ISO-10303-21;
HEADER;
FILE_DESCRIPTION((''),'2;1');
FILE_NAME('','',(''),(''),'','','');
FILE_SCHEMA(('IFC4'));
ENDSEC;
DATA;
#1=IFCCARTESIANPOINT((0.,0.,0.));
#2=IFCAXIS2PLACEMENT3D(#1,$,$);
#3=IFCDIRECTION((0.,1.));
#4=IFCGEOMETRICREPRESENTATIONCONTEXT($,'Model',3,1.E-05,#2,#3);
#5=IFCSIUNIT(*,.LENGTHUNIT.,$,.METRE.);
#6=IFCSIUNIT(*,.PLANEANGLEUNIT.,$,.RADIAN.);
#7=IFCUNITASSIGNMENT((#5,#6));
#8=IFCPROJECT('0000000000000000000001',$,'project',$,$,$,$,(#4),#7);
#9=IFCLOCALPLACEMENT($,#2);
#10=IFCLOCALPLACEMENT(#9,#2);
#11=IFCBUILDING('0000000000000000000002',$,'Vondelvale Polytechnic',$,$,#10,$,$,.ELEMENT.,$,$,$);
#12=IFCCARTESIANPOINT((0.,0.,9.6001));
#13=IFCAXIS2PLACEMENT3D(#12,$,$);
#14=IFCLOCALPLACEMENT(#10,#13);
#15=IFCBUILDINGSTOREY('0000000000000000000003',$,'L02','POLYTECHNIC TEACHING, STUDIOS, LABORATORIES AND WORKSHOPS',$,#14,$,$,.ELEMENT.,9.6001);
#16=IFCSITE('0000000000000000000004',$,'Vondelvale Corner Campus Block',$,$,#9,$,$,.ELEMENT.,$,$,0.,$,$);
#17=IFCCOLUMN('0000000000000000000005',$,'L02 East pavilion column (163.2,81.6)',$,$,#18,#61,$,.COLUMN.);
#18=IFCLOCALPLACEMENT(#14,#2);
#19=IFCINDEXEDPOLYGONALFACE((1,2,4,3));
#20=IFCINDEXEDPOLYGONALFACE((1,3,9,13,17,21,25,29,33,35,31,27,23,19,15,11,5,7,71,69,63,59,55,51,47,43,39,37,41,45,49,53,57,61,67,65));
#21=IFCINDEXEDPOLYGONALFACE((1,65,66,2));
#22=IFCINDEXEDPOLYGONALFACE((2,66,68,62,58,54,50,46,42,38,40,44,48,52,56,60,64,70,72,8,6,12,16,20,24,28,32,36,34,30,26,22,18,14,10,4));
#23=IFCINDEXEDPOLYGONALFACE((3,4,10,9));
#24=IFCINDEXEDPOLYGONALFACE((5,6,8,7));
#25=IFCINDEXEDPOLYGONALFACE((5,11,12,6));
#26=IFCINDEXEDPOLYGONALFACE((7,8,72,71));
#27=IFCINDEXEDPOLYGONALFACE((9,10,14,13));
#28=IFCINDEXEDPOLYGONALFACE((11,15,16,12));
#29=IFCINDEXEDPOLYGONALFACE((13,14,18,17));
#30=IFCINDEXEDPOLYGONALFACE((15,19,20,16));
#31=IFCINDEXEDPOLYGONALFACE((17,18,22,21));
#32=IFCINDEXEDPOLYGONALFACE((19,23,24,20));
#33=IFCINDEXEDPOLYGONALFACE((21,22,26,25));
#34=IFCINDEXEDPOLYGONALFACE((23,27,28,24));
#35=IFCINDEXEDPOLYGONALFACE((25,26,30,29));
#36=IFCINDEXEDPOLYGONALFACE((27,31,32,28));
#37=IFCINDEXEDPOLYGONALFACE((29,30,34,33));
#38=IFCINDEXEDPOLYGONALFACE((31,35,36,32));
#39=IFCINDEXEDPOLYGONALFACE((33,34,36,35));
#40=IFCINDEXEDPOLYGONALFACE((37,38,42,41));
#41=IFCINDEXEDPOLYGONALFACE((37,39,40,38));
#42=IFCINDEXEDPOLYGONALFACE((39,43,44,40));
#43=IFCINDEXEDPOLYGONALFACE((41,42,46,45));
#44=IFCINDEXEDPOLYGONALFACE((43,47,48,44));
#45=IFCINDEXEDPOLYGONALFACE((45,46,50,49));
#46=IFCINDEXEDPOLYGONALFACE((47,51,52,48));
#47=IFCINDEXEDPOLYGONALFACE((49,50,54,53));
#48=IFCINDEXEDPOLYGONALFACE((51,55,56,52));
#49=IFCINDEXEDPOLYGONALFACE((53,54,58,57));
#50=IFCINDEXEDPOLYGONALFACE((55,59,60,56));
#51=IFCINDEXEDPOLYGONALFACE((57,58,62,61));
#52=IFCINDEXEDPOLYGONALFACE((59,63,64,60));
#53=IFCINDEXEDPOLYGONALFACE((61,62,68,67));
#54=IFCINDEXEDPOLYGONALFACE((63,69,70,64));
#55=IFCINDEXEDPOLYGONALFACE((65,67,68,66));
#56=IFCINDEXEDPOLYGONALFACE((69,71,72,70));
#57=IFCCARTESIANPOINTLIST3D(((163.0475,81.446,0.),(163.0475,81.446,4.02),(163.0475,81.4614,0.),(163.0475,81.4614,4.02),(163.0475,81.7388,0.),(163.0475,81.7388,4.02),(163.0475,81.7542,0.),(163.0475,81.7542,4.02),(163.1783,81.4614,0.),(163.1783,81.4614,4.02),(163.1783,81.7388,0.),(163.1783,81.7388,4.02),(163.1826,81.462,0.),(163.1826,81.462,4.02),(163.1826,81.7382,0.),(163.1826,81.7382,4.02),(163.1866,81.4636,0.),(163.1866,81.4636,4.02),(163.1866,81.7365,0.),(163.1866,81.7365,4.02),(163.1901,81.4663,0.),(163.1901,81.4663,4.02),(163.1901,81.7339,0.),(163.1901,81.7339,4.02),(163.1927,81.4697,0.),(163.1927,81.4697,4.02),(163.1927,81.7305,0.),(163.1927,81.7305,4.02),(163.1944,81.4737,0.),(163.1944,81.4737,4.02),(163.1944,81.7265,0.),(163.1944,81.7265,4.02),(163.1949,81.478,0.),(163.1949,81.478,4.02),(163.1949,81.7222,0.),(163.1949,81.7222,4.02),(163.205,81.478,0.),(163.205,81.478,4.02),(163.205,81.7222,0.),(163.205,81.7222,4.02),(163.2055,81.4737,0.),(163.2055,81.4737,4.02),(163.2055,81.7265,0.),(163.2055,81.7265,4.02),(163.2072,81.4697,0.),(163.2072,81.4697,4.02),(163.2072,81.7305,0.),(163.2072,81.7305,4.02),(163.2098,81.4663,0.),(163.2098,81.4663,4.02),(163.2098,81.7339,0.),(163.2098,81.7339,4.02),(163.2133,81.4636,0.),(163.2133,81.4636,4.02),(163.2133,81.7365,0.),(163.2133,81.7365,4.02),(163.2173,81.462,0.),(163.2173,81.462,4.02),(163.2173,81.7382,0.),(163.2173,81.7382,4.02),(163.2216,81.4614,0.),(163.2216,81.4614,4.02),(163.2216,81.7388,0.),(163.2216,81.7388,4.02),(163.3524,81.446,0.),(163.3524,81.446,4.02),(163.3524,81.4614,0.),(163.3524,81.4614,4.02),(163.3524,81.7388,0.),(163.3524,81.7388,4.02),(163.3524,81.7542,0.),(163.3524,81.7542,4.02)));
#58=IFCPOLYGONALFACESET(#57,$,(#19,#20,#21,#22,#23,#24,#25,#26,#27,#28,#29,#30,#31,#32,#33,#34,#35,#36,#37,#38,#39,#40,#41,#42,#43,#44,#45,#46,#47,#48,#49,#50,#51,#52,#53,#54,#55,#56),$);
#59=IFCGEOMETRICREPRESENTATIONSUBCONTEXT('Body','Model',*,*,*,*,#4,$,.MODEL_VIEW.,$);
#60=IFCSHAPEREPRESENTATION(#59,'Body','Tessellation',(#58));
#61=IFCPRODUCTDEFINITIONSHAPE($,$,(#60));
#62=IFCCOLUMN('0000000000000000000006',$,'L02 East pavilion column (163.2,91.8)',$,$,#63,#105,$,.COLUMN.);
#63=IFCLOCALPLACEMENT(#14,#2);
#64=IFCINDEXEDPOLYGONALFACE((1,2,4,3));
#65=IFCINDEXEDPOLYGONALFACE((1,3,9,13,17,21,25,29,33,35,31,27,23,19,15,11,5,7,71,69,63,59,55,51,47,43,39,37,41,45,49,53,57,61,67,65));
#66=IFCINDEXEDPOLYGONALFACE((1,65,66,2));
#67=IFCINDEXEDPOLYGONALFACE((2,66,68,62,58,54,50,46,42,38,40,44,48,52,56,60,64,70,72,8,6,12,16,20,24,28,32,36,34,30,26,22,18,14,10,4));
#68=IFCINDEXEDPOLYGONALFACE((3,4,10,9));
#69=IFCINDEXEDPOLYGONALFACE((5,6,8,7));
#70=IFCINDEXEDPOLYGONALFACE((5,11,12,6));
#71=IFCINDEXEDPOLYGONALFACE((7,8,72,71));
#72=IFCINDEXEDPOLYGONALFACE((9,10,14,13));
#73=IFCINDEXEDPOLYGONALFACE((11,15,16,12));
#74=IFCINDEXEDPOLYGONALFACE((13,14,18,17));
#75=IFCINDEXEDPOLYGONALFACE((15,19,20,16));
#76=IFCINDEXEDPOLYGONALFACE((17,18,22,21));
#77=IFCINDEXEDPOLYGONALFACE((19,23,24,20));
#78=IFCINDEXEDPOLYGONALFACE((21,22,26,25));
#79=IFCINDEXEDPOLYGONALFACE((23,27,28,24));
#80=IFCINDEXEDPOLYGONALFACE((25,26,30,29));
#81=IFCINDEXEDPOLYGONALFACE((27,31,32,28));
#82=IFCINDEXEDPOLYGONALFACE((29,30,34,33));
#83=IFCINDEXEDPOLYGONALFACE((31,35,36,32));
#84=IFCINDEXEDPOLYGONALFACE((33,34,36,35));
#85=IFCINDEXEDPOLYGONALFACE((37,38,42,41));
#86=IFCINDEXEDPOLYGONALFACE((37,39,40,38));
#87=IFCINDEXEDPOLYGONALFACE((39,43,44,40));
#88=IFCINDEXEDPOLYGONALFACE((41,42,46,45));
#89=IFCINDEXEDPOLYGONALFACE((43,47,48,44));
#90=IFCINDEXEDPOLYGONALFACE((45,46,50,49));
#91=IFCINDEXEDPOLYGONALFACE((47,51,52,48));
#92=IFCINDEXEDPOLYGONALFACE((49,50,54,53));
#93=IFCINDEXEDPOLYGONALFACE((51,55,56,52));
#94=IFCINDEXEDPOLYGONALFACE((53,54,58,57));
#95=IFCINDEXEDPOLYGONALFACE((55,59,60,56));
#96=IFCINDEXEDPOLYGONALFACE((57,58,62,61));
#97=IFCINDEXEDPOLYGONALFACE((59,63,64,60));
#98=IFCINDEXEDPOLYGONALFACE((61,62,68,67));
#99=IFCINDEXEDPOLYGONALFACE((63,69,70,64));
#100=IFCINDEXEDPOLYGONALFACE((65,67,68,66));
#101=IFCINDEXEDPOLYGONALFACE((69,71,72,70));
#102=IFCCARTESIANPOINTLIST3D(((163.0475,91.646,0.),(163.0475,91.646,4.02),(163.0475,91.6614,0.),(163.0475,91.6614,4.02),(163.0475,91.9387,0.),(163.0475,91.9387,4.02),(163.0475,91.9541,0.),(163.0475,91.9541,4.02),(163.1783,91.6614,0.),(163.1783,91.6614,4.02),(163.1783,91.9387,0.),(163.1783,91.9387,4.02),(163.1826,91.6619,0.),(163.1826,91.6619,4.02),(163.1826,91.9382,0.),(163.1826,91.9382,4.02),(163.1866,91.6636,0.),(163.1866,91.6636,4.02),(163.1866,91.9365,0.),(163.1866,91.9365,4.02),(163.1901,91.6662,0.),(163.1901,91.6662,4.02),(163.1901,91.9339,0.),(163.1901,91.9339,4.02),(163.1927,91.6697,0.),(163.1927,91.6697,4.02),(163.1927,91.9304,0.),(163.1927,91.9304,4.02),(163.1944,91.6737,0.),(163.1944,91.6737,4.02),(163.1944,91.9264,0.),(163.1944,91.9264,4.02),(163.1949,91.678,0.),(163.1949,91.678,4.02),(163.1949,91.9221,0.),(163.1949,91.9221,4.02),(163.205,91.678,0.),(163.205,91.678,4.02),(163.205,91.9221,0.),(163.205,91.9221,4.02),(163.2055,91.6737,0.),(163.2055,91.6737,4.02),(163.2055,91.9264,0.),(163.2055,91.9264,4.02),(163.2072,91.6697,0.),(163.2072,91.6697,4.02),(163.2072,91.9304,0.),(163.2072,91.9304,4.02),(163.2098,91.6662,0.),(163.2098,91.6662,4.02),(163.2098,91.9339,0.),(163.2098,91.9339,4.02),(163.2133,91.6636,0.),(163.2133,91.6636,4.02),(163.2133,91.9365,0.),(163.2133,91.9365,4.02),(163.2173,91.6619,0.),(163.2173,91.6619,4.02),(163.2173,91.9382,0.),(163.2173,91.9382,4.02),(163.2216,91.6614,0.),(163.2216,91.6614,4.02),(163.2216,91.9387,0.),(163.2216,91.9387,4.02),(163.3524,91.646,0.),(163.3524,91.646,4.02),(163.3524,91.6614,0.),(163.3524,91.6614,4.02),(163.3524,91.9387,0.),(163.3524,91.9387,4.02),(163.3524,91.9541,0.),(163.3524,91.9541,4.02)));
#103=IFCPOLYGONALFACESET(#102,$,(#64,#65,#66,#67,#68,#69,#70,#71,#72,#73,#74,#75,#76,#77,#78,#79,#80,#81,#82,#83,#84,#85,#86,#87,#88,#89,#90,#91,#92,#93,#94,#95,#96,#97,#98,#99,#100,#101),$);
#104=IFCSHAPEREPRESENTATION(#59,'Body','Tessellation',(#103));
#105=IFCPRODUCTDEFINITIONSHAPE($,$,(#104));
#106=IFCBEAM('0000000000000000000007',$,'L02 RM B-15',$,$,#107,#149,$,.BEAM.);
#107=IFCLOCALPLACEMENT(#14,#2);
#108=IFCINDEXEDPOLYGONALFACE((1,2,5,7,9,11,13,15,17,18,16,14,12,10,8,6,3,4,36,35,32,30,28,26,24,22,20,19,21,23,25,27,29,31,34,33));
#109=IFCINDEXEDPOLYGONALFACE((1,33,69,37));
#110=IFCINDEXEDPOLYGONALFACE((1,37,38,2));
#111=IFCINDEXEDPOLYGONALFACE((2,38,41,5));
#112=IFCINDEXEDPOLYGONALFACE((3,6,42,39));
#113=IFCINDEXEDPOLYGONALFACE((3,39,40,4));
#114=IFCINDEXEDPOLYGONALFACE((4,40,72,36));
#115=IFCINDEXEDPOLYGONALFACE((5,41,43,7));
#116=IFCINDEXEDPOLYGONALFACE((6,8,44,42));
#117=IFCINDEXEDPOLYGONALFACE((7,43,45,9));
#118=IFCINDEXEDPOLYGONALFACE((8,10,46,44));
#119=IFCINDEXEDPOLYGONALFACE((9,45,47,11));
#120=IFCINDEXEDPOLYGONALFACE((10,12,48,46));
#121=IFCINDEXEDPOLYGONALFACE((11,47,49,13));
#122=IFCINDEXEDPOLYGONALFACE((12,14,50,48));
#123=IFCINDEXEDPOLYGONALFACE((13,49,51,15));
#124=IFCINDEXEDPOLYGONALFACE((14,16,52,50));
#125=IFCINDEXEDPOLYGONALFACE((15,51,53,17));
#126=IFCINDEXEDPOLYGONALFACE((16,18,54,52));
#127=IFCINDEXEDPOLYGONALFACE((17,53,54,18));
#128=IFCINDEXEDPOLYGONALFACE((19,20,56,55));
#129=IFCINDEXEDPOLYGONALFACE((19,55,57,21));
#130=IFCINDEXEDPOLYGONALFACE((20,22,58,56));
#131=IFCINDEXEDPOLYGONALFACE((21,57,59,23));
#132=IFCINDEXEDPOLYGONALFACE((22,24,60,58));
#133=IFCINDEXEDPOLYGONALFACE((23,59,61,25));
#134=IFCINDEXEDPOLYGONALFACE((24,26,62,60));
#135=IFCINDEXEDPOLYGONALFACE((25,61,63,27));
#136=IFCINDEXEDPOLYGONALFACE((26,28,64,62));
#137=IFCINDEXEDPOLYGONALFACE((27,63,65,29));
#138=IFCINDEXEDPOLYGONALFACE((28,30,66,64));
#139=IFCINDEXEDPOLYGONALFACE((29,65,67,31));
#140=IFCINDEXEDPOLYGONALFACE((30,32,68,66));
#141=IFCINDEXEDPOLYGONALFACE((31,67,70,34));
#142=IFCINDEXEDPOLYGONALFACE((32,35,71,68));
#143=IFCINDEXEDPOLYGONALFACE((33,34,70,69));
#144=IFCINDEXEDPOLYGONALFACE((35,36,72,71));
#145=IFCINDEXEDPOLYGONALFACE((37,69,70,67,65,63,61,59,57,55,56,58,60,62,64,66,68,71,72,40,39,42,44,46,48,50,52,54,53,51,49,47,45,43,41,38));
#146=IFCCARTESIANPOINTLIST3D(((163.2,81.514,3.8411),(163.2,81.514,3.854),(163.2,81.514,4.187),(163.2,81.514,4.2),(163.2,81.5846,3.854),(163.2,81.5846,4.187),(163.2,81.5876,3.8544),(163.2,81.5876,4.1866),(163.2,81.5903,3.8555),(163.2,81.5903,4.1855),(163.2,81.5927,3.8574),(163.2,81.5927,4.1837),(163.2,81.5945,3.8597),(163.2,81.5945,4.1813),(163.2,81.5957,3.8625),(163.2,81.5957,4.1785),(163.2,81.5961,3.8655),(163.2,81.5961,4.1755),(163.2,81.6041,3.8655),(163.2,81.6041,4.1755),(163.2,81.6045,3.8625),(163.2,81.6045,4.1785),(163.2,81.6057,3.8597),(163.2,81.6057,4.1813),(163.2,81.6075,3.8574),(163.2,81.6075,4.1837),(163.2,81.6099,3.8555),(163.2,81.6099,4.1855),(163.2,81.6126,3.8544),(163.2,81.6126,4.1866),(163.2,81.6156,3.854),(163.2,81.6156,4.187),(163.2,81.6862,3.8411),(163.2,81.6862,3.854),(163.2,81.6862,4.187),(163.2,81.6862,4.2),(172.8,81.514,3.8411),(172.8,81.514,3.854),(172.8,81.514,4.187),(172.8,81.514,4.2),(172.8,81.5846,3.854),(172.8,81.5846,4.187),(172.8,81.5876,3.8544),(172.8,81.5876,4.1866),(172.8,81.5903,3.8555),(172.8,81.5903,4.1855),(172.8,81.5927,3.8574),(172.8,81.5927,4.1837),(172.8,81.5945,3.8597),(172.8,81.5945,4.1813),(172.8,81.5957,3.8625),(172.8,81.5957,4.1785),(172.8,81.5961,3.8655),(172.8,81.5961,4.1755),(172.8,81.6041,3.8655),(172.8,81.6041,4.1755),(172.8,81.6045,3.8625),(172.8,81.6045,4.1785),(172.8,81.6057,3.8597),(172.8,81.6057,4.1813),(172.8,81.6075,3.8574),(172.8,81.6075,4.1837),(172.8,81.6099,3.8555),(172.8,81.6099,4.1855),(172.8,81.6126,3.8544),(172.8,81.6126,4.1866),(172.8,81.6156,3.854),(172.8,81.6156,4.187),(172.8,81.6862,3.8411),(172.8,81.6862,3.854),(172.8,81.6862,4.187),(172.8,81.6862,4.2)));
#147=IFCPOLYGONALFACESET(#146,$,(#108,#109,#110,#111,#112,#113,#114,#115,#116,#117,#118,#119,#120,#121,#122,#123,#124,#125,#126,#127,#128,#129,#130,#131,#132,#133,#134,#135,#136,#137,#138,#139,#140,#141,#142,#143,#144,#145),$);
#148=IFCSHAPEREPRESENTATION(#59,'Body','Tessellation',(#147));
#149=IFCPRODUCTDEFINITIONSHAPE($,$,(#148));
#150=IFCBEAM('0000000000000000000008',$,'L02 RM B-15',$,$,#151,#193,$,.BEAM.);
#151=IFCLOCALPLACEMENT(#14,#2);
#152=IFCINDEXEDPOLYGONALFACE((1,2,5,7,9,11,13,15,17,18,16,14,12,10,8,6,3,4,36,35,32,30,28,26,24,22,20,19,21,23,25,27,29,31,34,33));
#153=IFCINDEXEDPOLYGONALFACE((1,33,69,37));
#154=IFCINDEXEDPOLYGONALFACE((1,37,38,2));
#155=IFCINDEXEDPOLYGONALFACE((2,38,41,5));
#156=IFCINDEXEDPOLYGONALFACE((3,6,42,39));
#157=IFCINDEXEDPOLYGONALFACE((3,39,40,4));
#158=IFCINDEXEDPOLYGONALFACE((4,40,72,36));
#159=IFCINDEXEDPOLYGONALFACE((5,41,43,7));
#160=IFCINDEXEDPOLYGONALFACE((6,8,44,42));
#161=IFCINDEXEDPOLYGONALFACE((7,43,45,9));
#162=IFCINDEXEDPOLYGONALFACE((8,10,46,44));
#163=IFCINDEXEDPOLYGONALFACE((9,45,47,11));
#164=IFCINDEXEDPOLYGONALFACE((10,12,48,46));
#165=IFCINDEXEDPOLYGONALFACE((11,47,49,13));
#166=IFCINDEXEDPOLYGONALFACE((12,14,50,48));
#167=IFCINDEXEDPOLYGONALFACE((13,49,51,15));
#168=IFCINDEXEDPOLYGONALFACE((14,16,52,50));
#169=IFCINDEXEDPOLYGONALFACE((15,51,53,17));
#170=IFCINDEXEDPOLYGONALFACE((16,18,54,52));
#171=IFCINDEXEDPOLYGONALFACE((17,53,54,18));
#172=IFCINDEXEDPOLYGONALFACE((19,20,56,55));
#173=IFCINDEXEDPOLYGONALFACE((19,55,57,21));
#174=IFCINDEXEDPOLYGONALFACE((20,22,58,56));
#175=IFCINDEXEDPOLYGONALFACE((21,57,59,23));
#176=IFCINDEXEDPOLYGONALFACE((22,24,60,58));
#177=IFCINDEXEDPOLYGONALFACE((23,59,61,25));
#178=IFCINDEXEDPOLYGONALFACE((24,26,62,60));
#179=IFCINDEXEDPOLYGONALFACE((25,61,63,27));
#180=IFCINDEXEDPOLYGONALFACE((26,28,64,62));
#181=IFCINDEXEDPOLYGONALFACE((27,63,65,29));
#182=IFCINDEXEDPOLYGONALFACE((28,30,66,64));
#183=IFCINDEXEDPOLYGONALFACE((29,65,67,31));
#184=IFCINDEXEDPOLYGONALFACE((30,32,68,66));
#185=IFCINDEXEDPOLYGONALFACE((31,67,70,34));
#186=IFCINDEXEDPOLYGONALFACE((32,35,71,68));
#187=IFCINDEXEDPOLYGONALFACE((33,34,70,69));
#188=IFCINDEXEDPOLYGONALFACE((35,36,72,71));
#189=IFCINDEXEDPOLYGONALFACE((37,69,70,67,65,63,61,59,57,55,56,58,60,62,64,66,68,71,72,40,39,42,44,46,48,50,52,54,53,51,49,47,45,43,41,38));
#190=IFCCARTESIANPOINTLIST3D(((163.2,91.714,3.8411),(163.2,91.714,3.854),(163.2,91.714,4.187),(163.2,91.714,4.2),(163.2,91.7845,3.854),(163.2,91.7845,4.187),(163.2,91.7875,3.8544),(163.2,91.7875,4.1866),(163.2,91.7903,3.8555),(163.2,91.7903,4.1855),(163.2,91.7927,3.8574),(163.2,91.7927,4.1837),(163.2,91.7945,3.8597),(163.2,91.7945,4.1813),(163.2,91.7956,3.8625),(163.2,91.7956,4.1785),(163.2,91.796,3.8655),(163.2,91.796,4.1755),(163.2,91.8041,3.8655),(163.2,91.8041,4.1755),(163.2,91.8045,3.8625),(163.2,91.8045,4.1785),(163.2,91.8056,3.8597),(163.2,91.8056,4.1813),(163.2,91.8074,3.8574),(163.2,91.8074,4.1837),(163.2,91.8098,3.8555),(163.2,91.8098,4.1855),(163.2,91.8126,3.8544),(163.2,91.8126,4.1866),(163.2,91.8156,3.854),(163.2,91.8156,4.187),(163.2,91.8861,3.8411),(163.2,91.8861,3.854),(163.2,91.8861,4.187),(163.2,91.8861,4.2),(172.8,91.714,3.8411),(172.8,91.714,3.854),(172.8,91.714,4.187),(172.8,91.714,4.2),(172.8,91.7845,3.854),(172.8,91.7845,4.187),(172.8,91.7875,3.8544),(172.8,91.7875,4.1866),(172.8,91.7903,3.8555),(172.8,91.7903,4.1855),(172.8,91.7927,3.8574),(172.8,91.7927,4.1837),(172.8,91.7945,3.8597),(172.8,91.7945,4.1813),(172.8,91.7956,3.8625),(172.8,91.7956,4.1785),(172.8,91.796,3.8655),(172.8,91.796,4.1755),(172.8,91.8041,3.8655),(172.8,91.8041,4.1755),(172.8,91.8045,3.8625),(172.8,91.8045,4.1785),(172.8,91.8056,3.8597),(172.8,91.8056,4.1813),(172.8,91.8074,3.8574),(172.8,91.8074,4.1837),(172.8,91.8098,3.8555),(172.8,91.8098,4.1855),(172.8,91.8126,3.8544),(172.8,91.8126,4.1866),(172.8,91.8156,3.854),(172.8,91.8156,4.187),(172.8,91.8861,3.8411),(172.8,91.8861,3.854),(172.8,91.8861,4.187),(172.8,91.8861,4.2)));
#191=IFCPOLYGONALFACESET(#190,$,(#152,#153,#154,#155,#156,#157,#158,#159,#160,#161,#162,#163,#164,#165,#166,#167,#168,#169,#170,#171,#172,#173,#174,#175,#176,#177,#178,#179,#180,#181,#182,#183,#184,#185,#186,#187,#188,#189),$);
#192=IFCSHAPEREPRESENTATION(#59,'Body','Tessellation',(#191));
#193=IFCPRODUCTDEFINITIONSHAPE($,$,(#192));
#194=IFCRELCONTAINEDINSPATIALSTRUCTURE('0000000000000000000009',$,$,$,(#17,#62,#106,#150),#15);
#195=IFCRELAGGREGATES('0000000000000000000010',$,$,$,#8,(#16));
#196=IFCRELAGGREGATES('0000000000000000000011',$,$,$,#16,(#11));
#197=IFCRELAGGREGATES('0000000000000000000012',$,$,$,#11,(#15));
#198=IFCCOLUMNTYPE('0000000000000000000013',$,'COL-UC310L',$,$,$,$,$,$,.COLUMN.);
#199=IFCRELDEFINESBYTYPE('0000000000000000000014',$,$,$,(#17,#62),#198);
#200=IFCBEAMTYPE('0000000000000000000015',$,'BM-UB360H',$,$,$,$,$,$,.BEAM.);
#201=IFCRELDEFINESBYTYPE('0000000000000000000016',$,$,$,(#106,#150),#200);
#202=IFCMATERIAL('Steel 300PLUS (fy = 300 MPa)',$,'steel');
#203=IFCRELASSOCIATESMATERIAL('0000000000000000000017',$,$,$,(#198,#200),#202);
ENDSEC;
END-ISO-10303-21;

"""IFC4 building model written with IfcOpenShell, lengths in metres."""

from ifc_helpers import new_model, si_unit, direction, frame, origin, origin_2d, place, context, subcontext, project, spatial, i_section, extrude, material, material_profile, profile_set, type_object, element, save


model = new_model("IFC4")

# Units and contexts
model_context = context("Model", 3, precision=1e-05, world=origin(), true_north=direction((0.0, 1.0)))
body_context = subcontext(model_context, "Body", "Model", "MODEL_VIEW")
ifc_project = project(units=[si_unit("LENGTHUNIT", "METRE"), si_unit("PLANEANGLEUNIT", "RADIAN")], contexts=[model_context])

# Site, building, storey
site_placement = place(None, origin())
site = spatial("IfcSite", under=ifc_project, at=site_placement, Name="Vondelvale Corner Campus Block", CompositionType="ELEMENT", RefElevation=0.0)
building_placement = place(site_placement, origin())
building = spatial("IfcBuilding", under=site, at=building_placement, Name="Vondelvale Polytechnic", CompositionType="ELEMENT")
storey_placement = place(building_placement, frame((0.0, 0.0, 9.6001)))
storey = spatial("IfcBuildingStorey", under=building, at=storey_placement, Name="L02", Description="POLYTECHNIC TEACHING, STUDIOS, LABORATORIES AND WORKSHOPS", CompositionType="ELEMENT", Elevation=9.6001)

# Columns
ifc_material_1 = material(Name="Steel 300PLUS (fy = 300 MPa)", Category="steel")
ifc_material_profile_1 = material_profile(ifc_material_1, i_section(OverallWidth=0.3049, OverallDepth=0.3081, WebThickness=0.01, FlangeThickness=0.0154, FilletRadius=0.0166, at=origin_2d()), Name="310UC96.8")
ifc_profile_set_1 = profile_set([ifc_material_profile_1], Name="Steel 300PLUS (fy = 300 MPa)")
column_type = type_object("IfcColumnType", Name="COL-UC310L", PredefinedType="COLUMN", material=ifc_profile_set_1)
for number, where, z_axis, x_axis, name in (
    (1, (163.2, 81.6001, 0.0), (0.0, 0.0, 1.0), (1.0, 0.0, 0.0), "L02 East pavilion column (163.2,81.6)"),
    (2, (163.2, 91.8, 0.0), (0.0, 0.0, 1.0), (1.0, 0.0, 0.0), "L02 East pavilion column (163.2,91.8)"),
):
    element("IfcColumn", number, at=place(storey_placement, frame(where, z_axis=z_axis, x_axis=x_axis)), inside=storey, type_object=column_type, Name=name, PredefinedType="COLUMN", context=body_context, shape_type="SweptSolid", body=[
        extrude(i_section(OverallWidth=0.3049, OverallDepth=0.3081, WebThickness=0.01, FlangeThickness=0.0154, FilletRadius=0.0166, at=origin_2d()), origin(), (0.0, 0.0, 1.0), 4.02),
    ])

# Beams
ifc_material_profile_2 = material_profile(ifc_material_1, i_section(OverallWidth=0.1721, OverallDepth=0.3589, WebThickness=0.0081, FlangeThickness=0.0129, FilletRadius=0.0115, at=origin_2d()), Name="360UB56.7")
ifc_profile_set_2 = profile_set([ifc_material_profile_2], Name="Steel 300PLUS (fy = 300 MPa)")
beam_type_1 = type_object("IfcBeamType", Name="BM-UB360H", PredefinedType="BEAM", material=ifc_profile_set_2)
for number, where, z_axis, x_axis, name in (
    (3, (163.2, 81.6001, 4.0205), (1.0, 0.0, 0.0), (0.0, 1.0, 0.0), "L02 RM B-15"),
    (4, (163.2, 91.8, 4.0205), (1.0, 0.0, 0.0), (0.0, 1.0, 0.0), "L02 RM B-15"),
):
    element("IfcBeam", number, at=place(storey_placement, frame(where, z_axis=z_axis, x_axis=x_axis)), inside=storey, type_object=beam_type_1, Name=name, PredefinedType="BEAM", context=body_context, shape_type="SweptSolid", body=[
        extrude(i_section(OverallWidth=0.1721, OverallDepth=0.3589, WebThickness=0.0081, FlangeThickness=0.0129, FilletRadius=0.0115, at=origin_2d()), origin(), (0.0, 0.0, 1.0), 9.6001),
    ])

save(model, "model.ifc")
